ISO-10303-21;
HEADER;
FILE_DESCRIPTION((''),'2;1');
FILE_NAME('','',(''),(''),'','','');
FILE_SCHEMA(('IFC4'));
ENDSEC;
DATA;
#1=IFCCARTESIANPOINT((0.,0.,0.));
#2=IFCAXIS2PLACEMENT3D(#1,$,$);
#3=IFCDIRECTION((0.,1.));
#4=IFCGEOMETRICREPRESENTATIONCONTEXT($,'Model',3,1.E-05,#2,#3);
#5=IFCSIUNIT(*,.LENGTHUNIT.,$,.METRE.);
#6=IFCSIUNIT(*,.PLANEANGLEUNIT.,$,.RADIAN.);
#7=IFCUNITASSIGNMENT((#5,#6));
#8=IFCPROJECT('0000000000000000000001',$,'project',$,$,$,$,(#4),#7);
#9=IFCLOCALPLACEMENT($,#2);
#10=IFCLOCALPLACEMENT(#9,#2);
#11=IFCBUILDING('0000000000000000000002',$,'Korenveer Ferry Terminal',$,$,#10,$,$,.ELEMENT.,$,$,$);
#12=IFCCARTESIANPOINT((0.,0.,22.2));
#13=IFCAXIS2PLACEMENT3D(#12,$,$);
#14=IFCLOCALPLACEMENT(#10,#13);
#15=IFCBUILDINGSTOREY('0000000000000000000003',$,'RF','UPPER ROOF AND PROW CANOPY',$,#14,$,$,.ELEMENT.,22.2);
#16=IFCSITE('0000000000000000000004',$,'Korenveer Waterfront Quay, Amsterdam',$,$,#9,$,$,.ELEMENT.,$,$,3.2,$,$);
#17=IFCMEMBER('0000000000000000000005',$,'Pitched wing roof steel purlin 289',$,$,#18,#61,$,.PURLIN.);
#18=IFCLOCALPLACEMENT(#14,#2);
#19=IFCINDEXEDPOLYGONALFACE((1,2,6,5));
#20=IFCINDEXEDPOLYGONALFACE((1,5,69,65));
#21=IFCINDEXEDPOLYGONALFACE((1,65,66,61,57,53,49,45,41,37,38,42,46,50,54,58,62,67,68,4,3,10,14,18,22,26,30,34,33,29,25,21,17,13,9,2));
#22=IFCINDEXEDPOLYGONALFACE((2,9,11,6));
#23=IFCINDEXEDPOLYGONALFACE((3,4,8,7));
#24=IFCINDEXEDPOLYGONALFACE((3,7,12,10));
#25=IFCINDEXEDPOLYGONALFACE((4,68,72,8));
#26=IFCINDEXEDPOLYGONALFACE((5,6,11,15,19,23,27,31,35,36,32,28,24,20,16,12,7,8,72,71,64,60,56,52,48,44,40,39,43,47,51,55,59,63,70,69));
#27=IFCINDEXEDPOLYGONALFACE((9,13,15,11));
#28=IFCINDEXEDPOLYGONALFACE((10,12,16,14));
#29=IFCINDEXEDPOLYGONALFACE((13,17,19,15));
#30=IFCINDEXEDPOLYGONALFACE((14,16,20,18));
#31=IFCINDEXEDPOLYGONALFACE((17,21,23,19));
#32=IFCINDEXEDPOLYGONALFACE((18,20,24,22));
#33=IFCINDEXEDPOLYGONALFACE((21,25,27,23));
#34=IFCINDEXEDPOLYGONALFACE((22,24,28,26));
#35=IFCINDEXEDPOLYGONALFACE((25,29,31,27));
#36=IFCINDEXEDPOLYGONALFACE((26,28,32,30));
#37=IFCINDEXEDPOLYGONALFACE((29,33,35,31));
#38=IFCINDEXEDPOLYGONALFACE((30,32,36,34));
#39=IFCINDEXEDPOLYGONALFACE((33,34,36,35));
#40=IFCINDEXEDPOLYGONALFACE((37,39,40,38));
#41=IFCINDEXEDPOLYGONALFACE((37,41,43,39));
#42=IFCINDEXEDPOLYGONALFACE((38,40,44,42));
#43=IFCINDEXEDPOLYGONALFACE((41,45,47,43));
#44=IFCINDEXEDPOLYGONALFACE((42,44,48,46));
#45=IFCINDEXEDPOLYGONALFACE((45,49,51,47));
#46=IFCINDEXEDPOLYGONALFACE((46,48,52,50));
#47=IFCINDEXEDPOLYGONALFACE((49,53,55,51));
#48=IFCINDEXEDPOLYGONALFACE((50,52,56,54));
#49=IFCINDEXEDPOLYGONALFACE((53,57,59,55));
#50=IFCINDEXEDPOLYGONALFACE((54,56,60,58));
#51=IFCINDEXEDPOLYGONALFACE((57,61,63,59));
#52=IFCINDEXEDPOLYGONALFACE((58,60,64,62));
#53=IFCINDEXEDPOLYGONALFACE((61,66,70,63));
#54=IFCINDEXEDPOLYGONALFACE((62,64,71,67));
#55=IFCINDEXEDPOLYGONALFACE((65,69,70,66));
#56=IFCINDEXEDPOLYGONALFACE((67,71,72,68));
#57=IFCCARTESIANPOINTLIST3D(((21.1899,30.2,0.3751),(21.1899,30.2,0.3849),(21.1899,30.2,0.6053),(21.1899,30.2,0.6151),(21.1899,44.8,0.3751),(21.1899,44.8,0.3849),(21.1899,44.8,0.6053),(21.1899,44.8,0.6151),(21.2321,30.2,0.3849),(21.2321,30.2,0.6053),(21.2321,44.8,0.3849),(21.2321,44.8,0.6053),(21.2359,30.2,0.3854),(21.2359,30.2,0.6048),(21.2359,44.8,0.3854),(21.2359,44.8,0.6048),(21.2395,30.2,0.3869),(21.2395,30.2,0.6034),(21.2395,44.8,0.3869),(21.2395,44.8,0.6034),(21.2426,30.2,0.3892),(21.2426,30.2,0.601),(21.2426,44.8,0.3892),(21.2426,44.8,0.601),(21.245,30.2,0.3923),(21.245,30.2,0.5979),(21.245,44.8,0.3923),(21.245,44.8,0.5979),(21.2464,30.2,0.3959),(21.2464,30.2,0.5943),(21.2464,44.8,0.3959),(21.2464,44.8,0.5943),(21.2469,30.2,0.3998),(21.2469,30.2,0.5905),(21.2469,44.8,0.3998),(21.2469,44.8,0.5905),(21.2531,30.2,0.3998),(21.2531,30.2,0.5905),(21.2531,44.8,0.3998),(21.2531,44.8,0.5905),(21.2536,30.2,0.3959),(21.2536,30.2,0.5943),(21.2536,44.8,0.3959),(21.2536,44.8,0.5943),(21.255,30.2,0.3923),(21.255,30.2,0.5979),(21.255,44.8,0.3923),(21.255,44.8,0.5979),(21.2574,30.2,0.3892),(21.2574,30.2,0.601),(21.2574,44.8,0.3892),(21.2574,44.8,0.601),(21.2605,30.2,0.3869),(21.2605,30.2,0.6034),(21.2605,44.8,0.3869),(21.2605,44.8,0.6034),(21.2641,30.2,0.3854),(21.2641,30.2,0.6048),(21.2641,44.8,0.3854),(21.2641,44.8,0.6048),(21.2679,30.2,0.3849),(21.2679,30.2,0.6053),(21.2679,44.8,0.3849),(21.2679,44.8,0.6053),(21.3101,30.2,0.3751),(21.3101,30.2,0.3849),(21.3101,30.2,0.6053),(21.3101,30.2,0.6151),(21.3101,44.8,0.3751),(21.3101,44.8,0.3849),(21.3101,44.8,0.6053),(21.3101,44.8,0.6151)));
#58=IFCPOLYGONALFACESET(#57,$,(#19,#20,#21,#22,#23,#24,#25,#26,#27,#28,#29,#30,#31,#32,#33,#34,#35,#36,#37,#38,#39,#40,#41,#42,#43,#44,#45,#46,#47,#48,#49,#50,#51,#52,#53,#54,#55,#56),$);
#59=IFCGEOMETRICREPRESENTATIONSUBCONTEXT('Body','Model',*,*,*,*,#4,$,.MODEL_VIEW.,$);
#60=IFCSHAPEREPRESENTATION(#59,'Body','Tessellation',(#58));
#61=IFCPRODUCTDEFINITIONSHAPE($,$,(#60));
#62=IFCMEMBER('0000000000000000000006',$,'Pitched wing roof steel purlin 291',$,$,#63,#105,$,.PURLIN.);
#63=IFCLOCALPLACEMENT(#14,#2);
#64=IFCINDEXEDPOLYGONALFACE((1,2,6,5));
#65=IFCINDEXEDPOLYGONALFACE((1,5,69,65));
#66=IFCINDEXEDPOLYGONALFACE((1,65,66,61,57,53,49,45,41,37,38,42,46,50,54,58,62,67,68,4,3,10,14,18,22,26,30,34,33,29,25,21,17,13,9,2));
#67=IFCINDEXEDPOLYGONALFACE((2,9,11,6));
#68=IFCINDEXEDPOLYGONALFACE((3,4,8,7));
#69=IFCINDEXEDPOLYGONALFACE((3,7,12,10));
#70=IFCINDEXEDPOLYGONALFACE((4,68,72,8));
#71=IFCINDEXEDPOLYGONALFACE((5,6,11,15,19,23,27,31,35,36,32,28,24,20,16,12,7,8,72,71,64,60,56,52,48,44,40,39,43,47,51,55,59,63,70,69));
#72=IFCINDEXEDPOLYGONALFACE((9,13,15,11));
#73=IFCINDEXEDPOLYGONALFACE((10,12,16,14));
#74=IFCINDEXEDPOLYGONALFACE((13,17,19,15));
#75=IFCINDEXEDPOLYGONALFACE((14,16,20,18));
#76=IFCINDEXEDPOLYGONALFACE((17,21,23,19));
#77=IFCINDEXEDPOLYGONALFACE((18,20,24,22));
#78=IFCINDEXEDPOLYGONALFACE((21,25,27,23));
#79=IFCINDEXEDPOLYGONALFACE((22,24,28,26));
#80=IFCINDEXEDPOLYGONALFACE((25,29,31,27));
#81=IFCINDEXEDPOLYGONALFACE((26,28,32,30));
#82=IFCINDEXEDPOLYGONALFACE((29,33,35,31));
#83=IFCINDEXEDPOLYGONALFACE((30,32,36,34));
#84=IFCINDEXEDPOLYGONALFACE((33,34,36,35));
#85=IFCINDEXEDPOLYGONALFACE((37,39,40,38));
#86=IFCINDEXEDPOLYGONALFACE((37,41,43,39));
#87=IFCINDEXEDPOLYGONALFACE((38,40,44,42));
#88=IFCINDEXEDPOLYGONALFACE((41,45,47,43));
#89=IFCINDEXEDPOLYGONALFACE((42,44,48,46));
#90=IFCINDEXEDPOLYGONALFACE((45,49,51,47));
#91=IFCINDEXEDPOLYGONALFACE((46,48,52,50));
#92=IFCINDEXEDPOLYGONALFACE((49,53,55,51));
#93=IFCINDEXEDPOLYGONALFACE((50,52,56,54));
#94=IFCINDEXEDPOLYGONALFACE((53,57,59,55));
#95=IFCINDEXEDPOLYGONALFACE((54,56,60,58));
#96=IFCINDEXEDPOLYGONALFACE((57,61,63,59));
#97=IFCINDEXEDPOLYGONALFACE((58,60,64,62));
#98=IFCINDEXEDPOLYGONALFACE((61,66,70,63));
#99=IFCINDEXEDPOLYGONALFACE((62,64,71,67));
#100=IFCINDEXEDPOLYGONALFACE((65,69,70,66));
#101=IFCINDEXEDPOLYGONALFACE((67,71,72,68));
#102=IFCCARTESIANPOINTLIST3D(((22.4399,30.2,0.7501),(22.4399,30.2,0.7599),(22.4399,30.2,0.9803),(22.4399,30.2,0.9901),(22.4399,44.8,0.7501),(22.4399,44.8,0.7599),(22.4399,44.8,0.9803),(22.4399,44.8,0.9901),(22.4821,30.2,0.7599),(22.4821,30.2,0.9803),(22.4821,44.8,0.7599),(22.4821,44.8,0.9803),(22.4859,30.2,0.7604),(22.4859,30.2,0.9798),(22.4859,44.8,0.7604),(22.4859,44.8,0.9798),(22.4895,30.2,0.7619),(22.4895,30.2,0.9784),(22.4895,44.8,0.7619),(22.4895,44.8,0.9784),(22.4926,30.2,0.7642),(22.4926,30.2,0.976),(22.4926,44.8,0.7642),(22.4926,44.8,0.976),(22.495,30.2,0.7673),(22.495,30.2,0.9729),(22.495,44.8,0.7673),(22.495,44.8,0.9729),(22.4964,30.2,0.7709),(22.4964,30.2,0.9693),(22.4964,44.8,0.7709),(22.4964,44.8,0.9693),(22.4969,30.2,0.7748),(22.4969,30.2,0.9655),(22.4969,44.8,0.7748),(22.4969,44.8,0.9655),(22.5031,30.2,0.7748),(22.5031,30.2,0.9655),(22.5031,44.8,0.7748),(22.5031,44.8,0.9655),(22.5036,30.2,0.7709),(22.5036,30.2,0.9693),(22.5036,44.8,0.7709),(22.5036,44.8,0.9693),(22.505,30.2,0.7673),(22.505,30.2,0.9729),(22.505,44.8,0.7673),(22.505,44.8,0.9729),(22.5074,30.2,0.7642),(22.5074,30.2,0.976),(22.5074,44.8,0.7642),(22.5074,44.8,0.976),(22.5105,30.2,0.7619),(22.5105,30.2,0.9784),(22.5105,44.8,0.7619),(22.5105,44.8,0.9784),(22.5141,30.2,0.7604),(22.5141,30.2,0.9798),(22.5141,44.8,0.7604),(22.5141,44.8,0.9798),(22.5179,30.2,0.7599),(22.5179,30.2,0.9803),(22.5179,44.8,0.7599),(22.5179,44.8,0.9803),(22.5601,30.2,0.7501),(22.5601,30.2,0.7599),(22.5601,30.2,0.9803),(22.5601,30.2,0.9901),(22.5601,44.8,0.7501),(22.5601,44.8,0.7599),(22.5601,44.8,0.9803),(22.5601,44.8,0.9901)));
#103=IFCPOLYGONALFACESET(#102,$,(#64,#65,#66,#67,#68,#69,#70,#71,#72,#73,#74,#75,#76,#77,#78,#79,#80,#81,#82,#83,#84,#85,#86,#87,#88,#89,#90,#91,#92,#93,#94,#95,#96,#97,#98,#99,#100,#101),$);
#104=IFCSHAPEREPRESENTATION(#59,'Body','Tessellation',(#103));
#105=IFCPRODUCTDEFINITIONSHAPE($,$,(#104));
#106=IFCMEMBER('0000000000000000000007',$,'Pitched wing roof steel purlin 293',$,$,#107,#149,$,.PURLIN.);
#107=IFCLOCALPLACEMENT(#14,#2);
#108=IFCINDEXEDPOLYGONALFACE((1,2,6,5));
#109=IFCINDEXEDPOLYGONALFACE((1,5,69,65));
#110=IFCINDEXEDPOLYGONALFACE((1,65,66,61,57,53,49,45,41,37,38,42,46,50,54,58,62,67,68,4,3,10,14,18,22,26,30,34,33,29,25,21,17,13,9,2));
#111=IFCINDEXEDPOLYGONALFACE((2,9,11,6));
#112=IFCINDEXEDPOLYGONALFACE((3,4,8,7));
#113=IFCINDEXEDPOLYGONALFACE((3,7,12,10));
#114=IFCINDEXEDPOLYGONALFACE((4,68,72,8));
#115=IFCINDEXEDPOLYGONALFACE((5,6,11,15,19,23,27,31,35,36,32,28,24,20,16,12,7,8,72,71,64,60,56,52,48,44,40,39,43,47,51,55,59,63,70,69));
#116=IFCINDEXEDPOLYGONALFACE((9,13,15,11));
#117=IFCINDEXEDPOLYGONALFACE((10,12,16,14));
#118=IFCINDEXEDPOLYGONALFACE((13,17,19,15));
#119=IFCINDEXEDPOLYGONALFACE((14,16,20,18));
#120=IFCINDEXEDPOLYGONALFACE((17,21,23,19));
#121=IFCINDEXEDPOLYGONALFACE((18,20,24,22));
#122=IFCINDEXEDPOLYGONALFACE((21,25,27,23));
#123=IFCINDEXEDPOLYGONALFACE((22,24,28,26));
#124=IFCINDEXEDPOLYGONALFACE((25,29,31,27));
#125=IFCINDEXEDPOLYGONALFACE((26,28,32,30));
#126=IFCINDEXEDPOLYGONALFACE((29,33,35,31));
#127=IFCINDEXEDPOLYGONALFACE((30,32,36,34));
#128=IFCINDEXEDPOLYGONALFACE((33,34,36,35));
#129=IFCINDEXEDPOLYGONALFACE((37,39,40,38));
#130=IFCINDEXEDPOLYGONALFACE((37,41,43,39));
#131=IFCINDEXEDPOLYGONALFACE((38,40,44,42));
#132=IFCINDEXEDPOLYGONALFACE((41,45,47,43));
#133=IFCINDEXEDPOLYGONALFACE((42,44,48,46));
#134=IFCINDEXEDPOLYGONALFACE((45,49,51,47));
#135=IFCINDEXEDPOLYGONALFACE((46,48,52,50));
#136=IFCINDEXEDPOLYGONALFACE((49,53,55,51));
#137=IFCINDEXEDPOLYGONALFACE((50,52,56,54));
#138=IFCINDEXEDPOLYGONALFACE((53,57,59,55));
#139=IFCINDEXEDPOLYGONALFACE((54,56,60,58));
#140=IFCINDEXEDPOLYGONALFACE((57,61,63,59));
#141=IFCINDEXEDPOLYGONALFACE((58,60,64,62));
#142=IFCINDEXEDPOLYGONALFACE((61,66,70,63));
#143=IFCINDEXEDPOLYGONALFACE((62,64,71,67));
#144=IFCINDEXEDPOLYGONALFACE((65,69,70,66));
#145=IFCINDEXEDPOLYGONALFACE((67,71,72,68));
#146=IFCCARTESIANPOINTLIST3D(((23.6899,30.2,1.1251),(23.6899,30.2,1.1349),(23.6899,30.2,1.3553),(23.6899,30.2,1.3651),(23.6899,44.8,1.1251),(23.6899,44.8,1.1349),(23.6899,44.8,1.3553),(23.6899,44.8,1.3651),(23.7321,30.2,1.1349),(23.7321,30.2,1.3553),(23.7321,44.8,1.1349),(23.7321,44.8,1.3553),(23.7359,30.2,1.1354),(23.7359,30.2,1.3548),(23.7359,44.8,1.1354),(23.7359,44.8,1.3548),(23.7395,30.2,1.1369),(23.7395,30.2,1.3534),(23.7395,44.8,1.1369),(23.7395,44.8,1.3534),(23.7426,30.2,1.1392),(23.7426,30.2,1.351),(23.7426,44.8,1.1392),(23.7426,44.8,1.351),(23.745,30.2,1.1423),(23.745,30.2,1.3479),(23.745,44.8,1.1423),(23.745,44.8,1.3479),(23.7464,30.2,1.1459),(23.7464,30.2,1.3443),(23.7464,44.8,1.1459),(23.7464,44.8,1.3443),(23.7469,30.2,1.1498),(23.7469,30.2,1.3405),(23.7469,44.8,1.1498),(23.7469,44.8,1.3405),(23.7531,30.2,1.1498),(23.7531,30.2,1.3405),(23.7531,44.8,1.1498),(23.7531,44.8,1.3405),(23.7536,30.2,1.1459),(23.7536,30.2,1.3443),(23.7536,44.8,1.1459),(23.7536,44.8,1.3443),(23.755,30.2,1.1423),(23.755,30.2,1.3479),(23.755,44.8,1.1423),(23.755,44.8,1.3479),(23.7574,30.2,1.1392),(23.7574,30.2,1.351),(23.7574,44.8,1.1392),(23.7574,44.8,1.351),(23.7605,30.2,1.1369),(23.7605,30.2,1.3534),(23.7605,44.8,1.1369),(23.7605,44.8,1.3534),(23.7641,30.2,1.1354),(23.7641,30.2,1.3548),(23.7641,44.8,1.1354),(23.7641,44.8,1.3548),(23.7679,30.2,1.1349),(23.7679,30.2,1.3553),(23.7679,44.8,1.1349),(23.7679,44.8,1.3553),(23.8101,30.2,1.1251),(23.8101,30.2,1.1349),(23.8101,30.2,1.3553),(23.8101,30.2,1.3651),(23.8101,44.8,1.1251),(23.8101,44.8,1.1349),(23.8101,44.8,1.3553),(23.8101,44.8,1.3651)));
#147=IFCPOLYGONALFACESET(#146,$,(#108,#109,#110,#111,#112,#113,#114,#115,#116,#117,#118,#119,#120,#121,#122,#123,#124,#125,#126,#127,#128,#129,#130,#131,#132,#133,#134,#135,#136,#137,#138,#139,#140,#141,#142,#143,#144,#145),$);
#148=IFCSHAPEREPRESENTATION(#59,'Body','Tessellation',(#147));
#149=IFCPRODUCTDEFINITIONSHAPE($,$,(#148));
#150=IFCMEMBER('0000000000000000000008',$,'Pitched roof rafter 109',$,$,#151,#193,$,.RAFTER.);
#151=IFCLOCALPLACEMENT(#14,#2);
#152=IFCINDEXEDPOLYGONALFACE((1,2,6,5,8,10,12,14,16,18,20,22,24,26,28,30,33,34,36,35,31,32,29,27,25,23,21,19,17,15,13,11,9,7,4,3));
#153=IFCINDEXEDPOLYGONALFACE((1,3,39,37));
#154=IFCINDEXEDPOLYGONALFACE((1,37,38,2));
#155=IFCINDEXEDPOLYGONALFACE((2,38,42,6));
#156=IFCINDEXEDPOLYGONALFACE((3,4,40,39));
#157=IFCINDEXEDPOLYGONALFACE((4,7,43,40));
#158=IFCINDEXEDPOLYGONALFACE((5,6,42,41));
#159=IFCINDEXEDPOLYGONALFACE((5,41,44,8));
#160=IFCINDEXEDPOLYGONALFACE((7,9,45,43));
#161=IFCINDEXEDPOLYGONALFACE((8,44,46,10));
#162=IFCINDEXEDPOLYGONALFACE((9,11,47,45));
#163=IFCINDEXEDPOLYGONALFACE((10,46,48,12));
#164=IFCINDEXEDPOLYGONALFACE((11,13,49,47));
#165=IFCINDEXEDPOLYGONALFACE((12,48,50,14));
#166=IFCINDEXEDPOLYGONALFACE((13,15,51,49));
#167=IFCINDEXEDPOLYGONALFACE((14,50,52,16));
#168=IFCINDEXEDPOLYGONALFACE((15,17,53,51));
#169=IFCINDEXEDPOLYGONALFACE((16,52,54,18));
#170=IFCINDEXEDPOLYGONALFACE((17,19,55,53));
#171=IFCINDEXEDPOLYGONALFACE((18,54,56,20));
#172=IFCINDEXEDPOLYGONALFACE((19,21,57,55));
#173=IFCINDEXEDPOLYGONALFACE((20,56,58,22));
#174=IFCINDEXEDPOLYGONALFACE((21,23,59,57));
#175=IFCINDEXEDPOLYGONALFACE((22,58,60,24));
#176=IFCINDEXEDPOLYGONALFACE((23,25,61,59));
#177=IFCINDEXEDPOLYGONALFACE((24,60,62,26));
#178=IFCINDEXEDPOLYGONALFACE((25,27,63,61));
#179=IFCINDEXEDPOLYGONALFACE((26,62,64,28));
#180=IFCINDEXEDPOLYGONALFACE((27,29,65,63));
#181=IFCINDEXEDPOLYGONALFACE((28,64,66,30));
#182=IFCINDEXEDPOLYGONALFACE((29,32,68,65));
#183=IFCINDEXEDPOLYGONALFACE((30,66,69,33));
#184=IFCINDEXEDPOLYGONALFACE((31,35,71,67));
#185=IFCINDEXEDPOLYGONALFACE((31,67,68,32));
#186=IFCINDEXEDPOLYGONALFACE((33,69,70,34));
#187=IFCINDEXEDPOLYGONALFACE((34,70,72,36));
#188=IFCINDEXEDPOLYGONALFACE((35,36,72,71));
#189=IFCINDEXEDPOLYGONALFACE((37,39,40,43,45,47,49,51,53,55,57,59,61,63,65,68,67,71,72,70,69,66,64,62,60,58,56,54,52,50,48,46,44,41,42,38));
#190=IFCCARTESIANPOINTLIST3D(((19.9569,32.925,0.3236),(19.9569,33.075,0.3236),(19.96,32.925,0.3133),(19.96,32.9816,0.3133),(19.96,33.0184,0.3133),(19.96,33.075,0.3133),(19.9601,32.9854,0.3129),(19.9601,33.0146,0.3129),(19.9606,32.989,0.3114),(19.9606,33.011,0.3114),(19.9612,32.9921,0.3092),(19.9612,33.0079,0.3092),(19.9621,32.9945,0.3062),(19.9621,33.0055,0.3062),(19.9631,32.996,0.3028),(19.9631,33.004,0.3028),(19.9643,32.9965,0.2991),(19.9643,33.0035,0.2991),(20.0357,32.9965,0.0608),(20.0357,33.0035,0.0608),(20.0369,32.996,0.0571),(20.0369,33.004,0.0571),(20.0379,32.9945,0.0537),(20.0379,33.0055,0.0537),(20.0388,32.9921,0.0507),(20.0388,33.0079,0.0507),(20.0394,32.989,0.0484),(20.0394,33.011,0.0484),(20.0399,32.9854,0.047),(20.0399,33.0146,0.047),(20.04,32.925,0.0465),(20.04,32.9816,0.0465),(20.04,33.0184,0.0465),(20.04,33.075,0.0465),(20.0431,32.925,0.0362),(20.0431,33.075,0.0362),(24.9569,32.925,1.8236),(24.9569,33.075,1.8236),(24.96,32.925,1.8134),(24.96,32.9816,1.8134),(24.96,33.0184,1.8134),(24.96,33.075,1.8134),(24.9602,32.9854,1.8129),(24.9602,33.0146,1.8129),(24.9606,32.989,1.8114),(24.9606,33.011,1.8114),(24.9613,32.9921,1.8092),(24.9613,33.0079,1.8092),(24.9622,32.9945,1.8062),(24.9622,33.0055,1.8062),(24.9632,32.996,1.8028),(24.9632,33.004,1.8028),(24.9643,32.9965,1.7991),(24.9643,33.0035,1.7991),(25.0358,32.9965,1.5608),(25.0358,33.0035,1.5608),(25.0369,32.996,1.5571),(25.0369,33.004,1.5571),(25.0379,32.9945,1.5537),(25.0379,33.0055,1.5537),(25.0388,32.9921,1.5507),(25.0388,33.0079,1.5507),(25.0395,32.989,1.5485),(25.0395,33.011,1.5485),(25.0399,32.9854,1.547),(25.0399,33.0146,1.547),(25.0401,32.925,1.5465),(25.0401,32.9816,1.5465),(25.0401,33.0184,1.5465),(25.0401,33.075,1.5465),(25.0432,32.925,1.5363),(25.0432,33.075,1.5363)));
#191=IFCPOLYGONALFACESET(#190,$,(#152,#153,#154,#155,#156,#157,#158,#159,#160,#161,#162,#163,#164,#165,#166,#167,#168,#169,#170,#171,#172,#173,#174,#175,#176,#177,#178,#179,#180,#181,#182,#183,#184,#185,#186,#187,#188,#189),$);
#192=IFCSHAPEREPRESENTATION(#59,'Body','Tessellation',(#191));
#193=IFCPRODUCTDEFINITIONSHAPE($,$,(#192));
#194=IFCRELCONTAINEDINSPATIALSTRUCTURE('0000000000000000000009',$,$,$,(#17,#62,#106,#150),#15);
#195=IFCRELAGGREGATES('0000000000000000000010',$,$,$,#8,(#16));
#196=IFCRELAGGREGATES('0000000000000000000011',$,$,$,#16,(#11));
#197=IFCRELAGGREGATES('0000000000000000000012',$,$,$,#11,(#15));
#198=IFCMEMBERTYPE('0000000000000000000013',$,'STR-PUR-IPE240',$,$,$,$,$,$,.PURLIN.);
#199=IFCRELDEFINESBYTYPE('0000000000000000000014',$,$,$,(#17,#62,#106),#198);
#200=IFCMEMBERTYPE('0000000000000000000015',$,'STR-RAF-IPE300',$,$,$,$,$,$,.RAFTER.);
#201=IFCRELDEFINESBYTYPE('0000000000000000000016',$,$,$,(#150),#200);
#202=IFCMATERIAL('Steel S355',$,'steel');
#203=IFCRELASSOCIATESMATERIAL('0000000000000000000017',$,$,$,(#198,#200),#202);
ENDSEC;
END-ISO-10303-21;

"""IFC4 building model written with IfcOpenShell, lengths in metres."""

from ifc_helpers import new_model, si_unit, direction, frame, origin, origin_2d, place, context, subcontext, project, spatial, i_section, extrude, material, material_profile, profile_set, type_object, element, save


model = new_model("IFC4")

# Units and contexts
model_context = context("Model", 3, precision=1e-05, world=origin(), true_north=direction((0.0, 1.0)))
body_context = subcontext(model_context, "Body", "Model", "MODEL_VIEW")
ifc_project = project(units=[si_unit("LENGTHUNIT", "METRE"), si_unit("PLANEANGLEUNIT", "RADIAN")], contexts=[model_context])

# Site, building, storey
site_placement = place(None, origin())
site = spatial("IfcSite", under=ifc_project, at=site_placement, Name="Korenveer Waterfront Quay, Amsterdam", CompositionType="ELEMENT", RefElevation=3.2)
building_placement = place(site_placement, origin())
building = spatial("IfcBuilding", under=site, at=building_placement, Name="Korenveer Ferry Terminal", CompositionType="ELEMENT")
storey_placement = place(building_placement, frame((0.0, 0.0, 22.2)))
storey = spatial("IfcBuildingStorey", under=building, at=storey_placement, Name="RF", Description="UPPER ROOF AND PROW CANOPY", CompositionType="ELEMENT", Elevation=22.2)

# Shared definitions
ifc_material_1 = material(Name="Steel S355", Category="steel")

# Members
ifc_material_profile_1 = material_profile(ifc_material_1, i_section(OverallWidth=0.1201, OverallDepth=0.24, WebThickness=0.0061, FlangeThickness=0.0098, FilletRadius=0.0149, at=origin_2d()), Name="IPE 240")
ifc_profile_set_1 = profile_set([ifc_material_profile_1], Name="Steel S355")
member_type_1 = type_object("IfcMemberType", Name="STR-PUR-IPE240", PredefinedType="PURLIN", material=ifc_profile_set_1)
for number, where, z_axis, x_axis, name in (
    (1, (21.25, 30.2, 0.4951), (0.0, 1.0, 0.0), (-1.0, 0.0, 0.0), "Pitched wing roof steel purlin 289"),
    (2, (22.5, 30.2, 0.8701), (0.0, 1.0, 0.0), (-1.0, 0.0, 0.0), "Pitched wing roof steel purlin 291"),
    (3, (23.75, 30.2, 1.2451), (0.0, 1.0, 0.0), (-1.0, 0.0, 0.0), "Pitched wing roof steel purlin 293"),
):
    element("IfcMember", number, at=place(storey_placement, frame(where, z_axis=z_axis, x_axis=x_axis)), inside=storey, type_object=member_type_1, Name=name, PredefinedType="PURLIN", context=body_context, shape_type="SweptSolid", body=[
        extrude(i_section(OverallWidth=0.1201, OverallDepth=0.24, WebThickness=0.0061, FlangeThickness=0.0098, FilletRadius=0.0149, at=origin_2d()), origin(), (0.0, 0.0, 1.0), 14.6001),
    ])
ifc_material_profile_2 = material_profile(ifc_material_1, i_section(OverallWidth=0.1499, OverallDepth=0.3, WebThickness=0.0071, FlangeThickness=0.0107, FilletRadius=0.0149, at=origin_2d()), Name="IPE 300")
ifc_profile_set_2 = profile_set([ifc_material_profile_2], Name="Steel S355")
member_type_2 = type_object("IfcMemberType", Name="STR-RAF-IPE300", PredefinedType="RAFTER", material=ifc_profile_set_2)
for number, where, z_axis, x_axis, name in (
    (4, (20.0, 33.0, 0.1799), (0.957826, 0.0, 0.287348), (0.0, 1.0, 0.0), "Pitched roof rafter 109"),
):
    element("IfcMember", number, at=place(storey_placement, frame(where, z_axis=z_axis, x_axis=x_axis)), inside=storey, type_object=member_type_2, Name=name, PredefinedType="RAFTER", context=body_context, shape_type="SweptSolid", body=[
        extrude(i_section(OverallWidth=0.1499, OverallDepth=0.3, WebThickness=0.0071, FlangeThickness=0.0107, FilletRadius=0.0149, at=origin_2d()), origin(), (0.0, 0.0, 1.0), 5.2202),
    ])

save(model, "model.ifc")
